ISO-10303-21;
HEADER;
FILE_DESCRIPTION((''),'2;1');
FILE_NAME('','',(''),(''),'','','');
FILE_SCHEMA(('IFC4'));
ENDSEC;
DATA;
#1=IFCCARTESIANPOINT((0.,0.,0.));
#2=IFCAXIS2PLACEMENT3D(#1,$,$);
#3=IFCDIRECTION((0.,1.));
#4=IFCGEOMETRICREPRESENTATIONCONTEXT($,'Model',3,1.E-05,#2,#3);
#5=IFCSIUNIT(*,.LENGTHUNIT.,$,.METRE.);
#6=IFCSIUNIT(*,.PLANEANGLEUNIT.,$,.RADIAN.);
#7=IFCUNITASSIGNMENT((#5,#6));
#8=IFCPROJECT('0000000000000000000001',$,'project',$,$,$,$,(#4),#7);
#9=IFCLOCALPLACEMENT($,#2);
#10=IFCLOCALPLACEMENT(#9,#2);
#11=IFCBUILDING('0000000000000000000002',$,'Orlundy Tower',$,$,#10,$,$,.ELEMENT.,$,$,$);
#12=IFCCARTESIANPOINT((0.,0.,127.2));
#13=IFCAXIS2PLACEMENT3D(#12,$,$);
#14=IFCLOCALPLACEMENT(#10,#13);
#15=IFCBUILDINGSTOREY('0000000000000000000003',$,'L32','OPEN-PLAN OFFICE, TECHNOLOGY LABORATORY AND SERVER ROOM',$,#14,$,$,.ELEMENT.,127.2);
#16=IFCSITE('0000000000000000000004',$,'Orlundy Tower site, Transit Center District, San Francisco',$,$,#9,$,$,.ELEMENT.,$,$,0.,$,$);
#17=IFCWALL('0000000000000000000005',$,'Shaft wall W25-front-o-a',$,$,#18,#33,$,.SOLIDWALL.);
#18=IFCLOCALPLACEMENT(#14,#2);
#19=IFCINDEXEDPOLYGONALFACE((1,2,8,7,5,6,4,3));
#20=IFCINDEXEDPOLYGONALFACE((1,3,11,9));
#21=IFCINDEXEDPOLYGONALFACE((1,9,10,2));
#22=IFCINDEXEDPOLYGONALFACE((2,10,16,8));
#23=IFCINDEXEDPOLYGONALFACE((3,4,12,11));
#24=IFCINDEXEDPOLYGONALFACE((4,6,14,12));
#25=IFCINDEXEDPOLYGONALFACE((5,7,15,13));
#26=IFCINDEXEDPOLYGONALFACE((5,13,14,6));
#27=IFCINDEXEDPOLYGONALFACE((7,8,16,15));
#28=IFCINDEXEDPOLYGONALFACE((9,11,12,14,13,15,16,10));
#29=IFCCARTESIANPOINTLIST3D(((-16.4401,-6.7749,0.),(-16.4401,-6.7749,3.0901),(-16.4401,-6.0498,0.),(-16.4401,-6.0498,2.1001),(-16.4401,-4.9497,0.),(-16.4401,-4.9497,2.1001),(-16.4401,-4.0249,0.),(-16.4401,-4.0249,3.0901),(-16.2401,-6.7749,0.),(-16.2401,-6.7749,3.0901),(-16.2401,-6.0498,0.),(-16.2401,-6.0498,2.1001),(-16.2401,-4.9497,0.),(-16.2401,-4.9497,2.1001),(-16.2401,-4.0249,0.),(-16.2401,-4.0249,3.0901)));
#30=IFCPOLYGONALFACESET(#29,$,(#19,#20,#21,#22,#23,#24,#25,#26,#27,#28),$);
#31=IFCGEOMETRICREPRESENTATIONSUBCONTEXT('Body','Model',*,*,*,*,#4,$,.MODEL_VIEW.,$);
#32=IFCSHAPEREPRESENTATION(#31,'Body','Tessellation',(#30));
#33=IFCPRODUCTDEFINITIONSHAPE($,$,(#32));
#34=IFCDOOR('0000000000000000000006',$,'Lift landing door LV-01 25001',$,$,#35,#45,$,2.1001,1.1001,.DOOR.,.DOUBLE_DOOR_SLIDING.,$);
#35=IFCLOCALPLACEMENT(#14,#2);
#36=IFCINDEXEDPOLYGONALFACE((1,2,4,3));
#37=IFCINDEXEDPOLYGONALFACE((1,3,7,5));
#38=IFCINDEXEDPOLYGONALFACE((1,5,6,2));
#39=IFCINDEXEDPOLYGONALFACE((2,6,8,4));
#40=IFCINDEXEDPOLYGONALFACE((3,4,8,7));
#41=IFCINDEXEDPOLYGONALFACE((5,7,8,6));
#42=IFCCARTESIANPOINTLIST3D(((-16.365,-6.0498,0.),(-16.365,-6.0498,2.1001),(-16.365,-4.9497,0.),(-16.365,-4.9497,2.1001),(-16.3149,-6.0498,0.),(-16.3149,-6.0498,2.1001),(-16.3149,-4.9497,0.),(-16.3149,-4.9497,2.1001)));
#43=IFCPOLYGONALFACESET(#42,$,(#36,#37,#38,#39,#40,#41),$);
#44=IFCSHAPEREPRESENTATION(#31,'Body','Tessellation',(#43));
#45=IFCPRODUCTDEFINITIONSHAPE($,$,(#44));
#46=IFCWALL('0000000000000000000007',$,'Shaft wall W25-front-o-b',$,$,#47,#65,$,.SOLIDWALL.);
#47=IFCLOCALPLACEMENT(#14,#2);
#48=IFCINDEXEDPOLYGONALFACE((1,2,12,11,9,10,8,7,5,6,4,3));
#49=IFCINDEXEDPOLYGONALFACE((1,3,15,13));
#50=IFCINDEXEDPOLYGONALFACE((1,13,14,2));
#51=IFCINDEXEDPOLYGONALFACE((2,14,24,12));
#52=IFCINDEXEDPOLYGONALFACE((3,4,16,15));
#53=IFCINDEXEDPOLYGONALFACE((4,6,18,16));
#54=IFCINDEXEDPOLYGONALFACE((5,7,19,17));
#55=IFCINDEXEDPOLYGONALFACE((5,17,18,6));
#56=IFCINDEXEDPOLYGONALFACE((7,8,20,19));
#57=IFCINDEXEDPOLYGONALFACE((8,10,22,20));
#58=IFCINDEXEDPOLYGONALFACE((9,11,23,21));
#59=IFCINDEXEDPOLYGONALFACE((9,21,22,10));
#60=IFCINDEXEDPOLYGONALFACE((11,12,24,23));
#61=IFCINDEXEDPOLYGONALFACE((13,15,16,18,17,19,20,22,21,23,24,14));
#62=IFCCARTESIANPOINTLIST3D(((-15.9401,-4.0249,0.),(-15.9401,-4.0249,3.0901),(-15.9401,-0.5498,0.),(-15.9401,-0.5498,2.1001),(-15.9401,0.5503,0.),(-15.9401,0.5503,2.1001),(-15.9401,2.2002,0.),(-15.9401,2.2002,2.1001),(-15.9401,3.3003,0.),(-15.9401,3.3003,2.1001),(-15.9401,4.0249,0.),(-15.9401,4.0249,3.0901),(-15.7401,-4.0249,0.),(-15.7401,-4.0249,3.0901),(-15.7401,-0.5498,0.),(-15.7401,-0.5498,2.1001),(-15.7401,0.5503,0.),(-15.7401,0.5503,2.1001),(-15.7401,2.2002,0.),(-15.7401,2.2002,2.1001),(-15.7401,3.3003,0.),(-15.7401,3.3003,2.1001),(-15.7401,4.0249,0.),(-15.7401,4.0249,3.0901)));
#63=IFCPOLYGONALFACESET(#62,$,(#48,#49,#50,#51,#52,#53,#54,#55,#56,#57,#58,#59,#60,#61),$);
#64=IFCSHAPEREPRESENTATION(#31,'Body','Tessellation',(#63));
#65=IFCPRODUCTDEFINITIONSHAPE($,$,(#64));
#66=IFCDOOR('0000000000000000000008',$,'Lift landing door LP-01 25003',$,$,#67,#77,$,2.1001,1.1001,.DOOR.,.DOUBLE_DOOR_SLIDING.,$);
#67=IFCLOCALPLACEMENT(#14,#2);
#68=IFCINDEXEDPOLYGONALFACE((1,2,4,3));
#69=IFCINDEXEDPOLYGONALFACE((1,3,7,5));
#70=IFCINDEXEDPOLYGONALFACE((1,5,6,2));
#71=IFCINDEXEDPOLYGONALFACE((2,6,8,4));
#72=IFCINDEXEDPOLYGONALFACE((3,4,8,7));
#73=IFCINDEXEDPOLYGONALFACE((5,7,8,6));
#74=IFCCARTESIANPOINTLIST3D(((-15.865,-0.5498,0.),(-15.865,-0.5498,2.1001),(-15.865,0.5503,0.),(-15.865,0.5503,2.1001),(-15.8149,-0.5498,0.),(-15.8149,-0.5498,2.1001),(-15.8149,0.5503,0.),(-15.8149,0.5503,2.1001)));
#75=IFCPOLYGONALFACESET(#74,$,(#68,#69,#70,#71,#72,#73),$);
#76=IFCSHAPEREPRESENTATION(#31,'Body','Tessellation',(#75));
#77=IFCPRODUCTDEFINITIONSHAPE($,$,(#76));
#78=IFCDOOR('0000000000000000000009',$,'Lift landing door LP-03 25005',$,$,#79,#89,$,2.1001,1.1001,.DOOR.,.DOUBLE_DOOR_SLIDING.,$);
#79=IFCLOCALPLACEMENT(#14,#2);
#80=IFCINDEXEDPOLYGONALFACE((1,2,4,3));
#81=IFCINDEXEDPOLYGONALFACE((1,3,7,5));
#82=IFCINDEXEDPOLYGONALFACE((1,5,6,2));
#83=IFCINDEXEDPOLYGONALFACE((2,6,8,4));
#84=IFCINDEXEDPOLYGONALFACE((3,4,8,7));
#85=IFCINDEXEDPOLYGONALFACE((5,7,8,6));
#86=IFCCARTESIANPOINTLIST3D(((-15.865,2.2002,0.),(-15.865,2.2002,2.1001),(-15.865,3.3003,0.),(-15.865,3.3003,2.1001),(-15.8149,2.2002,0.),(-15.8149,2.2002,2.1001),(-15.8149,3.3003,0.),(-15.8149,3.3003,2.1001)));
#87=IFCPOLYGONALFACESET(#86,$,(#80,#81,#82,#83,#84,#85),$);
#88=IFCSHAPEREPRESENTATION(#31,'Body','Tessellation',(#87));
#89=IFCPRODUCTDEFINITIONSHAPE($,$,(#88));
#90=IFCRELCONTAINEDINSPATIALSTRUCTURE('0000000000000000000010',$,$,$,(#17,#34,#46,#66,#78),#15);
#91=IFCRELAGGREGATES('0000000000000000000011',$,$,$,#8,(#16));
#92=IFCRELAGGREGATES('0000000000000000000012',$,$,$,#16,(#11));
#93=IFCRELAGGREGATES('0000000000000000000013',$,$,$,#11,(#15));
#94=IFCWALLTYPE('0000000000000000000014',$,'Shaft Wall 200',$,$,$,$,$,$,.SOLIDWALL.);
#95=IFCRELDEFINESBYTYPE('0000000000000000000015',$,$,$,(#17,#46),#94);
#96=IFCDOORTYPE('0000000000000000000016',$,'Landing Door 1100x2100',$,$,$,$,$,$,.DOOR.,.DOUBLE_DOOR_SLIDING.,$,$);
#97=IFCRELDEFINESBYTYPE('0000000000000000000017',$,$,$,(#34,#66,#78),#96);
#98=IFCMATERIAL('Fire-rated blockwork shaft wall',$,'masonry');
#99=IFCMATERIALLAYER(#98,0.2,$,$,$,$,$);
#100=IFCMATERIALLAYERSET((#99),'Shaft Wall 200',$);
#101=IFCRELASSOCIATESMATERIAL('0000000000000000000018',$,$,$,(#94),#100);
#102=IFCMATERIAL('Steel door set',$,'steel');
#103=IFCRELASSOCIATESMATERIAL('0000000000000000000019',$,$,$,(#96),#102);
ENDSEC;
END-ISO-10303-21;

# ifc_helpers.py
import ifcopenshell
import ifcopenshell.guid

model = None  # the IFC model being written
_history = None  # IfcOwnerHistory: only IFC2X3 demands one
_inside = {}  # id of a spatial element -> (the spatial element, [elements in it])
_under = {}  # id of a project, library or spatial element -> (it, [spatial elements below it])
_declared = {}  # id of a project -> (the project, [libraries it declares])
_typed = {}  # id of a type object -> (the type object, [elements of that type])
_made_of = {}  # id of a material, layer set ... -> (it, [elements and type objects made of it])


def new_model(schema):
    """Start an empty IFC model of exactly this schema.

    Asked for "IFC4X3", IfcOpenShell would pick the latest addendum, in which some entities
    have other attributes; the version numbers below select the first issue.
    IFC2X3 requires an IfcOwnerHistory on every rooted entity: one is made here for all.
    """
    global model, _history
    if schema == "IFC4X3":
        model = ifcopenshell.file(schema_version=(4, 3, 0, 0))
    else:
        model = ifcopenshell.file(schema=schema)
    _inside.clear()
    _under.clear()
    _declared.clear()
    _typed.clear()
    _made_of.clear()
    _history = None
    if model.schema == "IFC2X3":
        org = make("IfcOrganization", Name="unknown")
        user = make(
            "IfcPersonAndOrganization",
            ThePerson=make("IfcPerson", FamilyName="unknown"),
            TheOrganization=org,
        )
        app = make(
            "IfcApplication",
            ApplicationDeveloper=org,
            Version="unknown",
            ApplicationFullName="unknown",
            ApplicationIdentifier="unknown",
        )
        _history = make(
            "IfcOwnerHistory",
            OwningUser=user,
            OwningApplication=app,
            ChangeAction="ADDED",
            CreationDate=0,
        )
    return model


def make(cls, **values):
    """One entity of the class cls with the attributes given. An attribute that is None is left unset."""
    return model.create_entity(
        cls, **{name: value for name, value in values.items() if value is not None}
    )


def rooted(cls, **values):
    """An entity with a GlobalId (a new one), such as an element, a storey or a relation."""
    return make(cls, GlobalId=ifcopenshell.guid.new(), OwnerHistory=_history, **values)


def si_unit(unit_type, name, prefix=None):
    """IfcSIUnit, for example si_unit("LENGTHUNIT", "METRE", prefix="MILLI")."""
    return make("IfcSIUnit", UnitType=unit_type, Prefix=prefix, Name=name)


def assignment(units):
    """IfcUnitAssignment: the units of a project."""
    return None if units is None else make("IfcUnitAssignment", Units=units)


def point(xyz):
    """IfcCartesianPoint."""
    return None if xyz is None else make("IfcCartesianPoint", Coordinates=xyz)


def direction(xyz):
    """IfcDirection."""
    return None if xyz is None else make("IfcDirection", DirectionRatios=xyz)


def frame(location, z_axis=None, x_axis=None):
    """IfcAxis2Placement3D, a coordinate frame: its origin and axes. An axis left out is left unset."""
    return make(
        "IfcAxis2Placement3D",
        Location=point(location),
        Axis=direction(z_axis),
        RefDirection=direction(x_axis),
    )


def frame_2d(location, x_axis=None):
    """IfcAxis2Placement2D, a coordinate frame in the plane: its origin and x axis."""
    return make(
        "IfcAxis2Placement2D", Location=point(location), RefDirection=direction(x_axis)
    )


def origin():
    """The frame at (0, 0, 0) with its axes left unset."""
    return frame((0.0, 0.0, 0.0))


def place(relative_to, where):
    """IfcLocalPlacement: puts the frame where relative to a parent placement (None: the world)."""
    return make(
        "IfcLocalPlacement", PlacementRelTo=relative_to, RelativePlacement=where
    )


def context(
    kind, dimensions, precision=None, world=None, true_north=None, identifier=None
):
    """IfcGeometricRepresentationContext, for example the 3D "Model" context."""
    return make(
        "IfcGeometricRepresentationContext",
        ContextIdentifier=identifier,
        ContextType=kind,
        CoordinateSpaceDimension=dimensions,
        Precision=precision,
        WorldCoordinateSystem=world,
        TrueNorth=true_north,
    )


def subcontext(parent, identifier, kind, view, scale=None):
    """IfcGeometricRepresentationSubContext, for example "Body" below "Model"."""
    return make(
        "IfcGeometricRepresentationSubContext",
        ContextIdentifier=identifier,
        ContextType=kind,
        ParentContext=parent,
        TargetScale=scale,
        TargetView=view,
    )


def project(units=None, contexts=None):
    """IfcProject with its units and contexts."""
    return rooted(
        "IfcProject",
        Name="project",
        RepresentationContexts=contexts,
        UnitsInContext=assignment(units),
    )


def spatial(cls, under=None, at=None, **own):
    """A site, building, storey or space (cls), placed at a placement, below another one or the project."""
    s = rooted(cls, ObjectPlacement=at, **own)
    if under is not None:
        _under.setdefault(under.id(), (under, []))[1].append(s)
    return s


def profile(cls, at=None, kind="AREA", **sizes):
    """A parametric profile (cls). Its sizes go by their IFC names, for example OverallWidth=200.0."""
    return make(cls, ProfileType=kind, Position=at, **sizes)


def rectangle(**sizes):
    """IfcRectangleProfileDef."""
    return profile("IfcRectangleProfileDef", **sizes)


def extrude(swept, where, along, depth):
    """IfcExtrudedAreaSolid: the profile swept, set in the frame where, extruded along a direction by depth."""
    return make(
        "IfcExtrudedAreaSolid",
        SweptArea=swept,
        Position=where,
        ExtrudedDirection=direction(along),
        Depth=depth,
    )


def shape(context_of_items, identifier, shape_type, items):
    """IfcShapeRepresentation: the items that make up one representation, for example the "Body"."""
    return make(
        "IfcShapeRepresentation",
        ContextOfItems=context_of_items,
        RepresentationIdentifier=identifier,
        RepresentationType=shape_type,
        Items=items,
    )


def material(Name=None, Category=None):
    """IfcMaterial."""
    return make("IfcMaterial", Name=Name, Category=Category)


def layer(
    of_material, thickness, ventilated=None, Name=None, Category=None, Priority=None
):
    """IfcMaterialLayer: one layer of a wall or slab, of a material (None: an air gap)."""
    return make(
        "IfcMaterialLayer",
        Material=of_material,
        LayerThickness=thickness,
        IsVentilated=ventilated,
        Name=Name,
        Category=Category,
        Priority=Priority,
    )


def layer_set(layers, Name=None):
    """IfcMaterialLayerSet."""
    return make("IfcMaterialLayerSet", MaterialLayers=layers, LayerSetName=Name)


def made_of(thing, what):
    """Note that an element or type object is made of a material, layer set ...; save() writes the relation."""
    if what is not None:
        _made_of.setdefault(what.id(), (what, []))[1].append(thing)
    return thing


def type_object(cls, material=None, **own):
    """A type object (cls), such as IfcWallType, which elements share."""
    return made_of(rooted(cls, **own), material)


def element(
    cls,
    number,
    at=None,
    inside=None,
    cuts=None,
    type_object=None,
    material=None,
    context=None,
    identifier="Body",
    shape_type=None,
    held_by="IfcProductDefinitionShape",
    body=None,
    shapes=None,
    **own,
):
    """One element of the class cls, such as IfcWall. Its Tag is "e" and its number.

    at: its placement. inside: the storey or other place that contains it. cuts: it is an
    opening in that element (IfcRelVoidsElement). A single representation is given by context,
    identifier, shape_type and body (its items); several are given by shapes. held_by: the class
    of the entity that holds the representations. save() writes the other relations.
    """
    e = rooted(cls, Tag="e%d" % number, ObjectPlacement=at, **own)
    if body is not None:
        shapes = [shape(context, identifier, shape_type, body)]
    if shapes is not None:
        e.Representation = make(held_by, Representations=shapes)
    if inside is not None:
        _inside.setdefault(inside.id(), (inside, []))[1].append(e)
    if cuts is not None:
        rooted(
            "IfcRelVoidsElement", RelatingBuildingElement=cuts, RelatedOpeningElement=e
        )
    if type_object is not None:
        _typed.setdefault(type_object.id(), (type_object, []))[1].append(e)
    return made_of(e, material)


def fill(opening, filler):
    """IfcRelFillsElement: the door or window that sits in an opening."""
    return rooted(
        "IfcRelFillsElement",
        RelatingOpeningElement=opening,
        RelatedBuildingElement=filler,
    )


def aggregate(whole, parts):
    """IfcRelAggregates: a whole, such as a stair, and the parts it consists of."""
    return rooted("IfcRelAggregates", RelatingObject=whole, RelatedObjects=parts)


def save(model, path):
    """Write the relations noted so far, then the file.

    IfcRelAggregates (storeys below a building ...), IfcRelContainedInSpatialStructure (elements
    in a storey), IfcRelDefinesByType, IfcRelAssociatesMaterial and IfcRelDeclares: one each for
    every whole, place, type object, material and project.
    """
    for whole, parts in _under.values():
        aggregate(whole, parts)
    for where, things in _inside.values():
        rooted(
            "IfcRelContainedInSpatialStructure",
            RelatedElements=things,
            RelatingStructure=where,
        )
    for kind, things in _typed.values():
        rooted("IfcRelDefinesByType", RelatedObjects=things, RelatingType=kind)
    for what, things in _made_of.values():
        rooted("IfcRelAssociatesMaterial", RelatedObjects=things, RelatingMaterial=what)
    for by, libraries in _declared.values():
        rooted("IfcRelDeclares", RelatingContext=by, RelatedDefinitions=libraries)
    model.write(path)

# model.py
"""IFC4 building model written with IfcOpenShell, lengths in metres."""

from ifc_helpers import new_model, si_unit, direction, frame, frame_2d, origin, place, context, subcontext, project, spatial, rectangle, extrude, material, layer, layer_set, type_object, element, fill, save


model = new_model("IFC4")

# Units and contexts
model_context = context("Model", 3, precision=1e-05, world=origin(), true_north=direction((0.0, 1.0)))
body_context = subcontext(model_context, "Body", "Model", "MODEL_VIEW")
ifc_project = project(units=[si_unit("LENGTHUNIT", "METRE"), si_unit("PLANEANGLEUNIT", "RADIAN")], contexts=[model_context])

# Site, building, storey
site_placement = place(None, origin())
site = spatial("IfcSite", under=ifc_project, at=site_placement, Name="Orlundy Tower site, Transit Center District, San Francisco", CompositionType="ELEMENT", RefElevation=0.0)
building_placement = place(site_placement, origin())
building = spatial("IfcBuilding", under=site, at=building_placement, Name="Orlundy Tower", CompositionType="ELEMENT")
storey_placement = place(building_placement, frame((0.0, 0.0, 127.2)))
storey = spatial("IfcBuildingStorey", under=building, at=storey_placement, Name="L32", Description="OPEN-PLAN OFFICE, TECHNOLOGY LABORATORY AND SERVER ROOM", CompositionType="ELEMENT", Elevation=127.2)

# Shared definitions
ifc_material_1 = material(Name="Fire-rated blockwork shaft wall", Category="masonry")
ifc_layer_1 = layer(ifc_material_1, 0.2)
ifc_layer_set_1 = layer_set([ifc_layer_1], Name="Shaft Wall 200")
wall_type_1 = type_object("IfcWallType", Name="Shaft Wall 200", PredefinedType="SOLIDWALL", material=ifc_layer_set_1)

# Wall, opening, door
wall_1_placement = place(storey_placement, frame((-16.3401, -6.7749, 0.0), z_axis=(0.0, 0.0, 1.0), x_axis=(0.0, 1.0, 0.0)))
wall_1 = element("IfcWall", 1, at=wall_1_placement, inside=storey, type_object=wall_type_1, Name="Shaft wall W25-front-o-a", PredefinedType="SOLIDWALL", context=body_context, shape_type="SweptSolid", body=[
    extrude(rectangle(XDim=2.75, YDim=0.2, at=frame_2d((1.375, 0.0))), origin(), (0.0, 0.0, 1.0), 3.0901),
])
opening_1_placement = place(wall_1_placement, frame((0.7251, 0.0, 0.0)))
opening_1 = element("IfcOpeningElement", 2, at=opening_1_placement, cuts=wall_1, PredefinedType="OPENING", context=body_context, shape_type="SweptSolid", body=[
    extrude(rectangle(XDim=1.1001, YDim=2.1001, at=frame_2d((0.55, 1.05))), frame((0.0, 0.1101, 0.0), z_axis=(0.0, -1.0, 0.0), x_axis=(1.0, 0.0, 0.0)), (0.0, 0.0, 1.0), 0.2202),
])
ifc_material_2 = material(Name="Steel door set", Category="steel")
door_type = type_object("IfcDoorType", Name="Landing Door 1100x2100", OperationType="DOUBLE_DOOR_SLIDING", PredefinedType="DOOR", material=ifc_material_2)
door_1_placement = place(opening_1_placement, origin())
door_1 = element("IfcDoor", 3, at=door_1_placement, inside=storey, type_object=door_type, Name="Lift landing door LV-01 25001", OperationType="DOUBLE_DOOR_SLIDING", OverallHeight=2.1001, OverallWidth=1.1001, PredefinedType="DOOR", context=body_context, shape_type="SweptSolid", body=[
    extrude(rectangle(XDim=1.1001, YDim=2.1001, at=frame_2d((0.55, 1.05))), frame((0.0, 0.0249, 0.0), z_axis=(0.0, -1.0, 0.0), x_axis=(1.0, 0.0, 0.0)), (0.0, 0.0, 1.0), 0.05),
])
fill(opening_1, door_1)

# Wall, openings, doors
wall_2_placement = place(storey_placement, frame((-15.8401, -4.0249, 0.0), z_axis=(0.0, 0.0, 1.0), x_axis=(0.0, 1.0, 0.0)))
wall_2 = element("IfcWall", 4, at=wall_2_placement, inside=storey, type_object=wall_type_1, Name="Shaft wall W25-front-o-b", PredefinedType="SOLIDWALL", context=body_context, shape_type="SweptSolid", body=[
    extrude(rectangle(XDim=8.0498, YDim=0.2, at=frame_2d((4.0249, 0.0))), origin(), (0.0, 0.0, 1.0), 3.0901),
])
opening_2_placement = place(wall_2_placement, frame((3.4751, 0.0, 0.0)))
opening_2 = element("IfcOpeningElement", 5, at=opening_2_placement, cuts=wall_2, PredefinedType="OPENING", context=body_context, shape_type="SweptSolid", body=[
    extrude(rectangle(XDim=1.1001, YDim=2.1001, at=frame_2d((0.55, 1.05))), frame((0.0, 0.1101, 0.0), z_axis=(0.0, -1.0, 0.0), x_axis=(1.0, 0.0, 0.0)), (0.0, 0.0, 1.0), 0.2202),
])
opening_3_placement = place(wall_2_placement, frame((6.2251, 0.0, 0.0)))
opening_3 = element("IfcOpeningElement", 6, at=opening_3_placement, cuts=wall_2, PredefinedType="OPENING", context=body_context, shape_type="SweptSolid", body=[
    extrude(rectangle(XDim=1.1001, YDim=2.1001, at=frame_2d((0.55, 1.05))), frame((0.0, 0.1101, 0.0), z_axis=(0.0, -1.0, 0.0), x_axis=(1.0, 0.0, 0.0)), (0.0, 0.0, 1.0), 0.2202),
])
door_2_placement = place(opening_2_placement, origin())
door_2 = element("IfcDoor", 7, at=door_2_placement, inside=storey, type_object=door_type, Name="Lift landing door LP-01 25003", OperationType="DOUBLE_DOOR_SLIDING", OverallHeight=2.1001, OverallWidth=1.1001, PredefinedType="DOOR", context=body_context, shape_type="SweptSolid", body=[
    extrude(rectangle(XDim=1.1001, YDim=2.1001, at=frame_2d((0.55, 1.05))), frame((0.0, 0.0249, 0.0), z_axis=(0.0, -1.0, 0.0), x_axis=(1.0, 0.0, 0.0)), (0.0, 0.0, 1.0), 0.05),
])
fill(opening_2, door_2)
door_3_placement = place(opening_3_placement, origin())
door_3 = element("IfcDoor", 8, at=door_3_placement, inside=storey, type_object=door_type, Name="Lift landing door LP-03 25005", OperationType="DOUBLE_DOOR_SLIDING", OverallHeight=2.1001, OverallWidth=1.1001, PredefinedType="DOOR", context=body_context, shape_type="SweptSolid", body=[
    extrude(rectangle(XDim=1.1001, YDim=2.1001, at=frame_2d((0.55, 1.05))), frame((0.0, 0.0249, 0.0), z_axis=(0.0, -1.0, 0.0), x_axis=(1.0, 0.0, 0.0)), (0.0, 0.0, 1.0), 0.05),
])
fill(opening_3, door_3)

save(model, "model.ifc")
